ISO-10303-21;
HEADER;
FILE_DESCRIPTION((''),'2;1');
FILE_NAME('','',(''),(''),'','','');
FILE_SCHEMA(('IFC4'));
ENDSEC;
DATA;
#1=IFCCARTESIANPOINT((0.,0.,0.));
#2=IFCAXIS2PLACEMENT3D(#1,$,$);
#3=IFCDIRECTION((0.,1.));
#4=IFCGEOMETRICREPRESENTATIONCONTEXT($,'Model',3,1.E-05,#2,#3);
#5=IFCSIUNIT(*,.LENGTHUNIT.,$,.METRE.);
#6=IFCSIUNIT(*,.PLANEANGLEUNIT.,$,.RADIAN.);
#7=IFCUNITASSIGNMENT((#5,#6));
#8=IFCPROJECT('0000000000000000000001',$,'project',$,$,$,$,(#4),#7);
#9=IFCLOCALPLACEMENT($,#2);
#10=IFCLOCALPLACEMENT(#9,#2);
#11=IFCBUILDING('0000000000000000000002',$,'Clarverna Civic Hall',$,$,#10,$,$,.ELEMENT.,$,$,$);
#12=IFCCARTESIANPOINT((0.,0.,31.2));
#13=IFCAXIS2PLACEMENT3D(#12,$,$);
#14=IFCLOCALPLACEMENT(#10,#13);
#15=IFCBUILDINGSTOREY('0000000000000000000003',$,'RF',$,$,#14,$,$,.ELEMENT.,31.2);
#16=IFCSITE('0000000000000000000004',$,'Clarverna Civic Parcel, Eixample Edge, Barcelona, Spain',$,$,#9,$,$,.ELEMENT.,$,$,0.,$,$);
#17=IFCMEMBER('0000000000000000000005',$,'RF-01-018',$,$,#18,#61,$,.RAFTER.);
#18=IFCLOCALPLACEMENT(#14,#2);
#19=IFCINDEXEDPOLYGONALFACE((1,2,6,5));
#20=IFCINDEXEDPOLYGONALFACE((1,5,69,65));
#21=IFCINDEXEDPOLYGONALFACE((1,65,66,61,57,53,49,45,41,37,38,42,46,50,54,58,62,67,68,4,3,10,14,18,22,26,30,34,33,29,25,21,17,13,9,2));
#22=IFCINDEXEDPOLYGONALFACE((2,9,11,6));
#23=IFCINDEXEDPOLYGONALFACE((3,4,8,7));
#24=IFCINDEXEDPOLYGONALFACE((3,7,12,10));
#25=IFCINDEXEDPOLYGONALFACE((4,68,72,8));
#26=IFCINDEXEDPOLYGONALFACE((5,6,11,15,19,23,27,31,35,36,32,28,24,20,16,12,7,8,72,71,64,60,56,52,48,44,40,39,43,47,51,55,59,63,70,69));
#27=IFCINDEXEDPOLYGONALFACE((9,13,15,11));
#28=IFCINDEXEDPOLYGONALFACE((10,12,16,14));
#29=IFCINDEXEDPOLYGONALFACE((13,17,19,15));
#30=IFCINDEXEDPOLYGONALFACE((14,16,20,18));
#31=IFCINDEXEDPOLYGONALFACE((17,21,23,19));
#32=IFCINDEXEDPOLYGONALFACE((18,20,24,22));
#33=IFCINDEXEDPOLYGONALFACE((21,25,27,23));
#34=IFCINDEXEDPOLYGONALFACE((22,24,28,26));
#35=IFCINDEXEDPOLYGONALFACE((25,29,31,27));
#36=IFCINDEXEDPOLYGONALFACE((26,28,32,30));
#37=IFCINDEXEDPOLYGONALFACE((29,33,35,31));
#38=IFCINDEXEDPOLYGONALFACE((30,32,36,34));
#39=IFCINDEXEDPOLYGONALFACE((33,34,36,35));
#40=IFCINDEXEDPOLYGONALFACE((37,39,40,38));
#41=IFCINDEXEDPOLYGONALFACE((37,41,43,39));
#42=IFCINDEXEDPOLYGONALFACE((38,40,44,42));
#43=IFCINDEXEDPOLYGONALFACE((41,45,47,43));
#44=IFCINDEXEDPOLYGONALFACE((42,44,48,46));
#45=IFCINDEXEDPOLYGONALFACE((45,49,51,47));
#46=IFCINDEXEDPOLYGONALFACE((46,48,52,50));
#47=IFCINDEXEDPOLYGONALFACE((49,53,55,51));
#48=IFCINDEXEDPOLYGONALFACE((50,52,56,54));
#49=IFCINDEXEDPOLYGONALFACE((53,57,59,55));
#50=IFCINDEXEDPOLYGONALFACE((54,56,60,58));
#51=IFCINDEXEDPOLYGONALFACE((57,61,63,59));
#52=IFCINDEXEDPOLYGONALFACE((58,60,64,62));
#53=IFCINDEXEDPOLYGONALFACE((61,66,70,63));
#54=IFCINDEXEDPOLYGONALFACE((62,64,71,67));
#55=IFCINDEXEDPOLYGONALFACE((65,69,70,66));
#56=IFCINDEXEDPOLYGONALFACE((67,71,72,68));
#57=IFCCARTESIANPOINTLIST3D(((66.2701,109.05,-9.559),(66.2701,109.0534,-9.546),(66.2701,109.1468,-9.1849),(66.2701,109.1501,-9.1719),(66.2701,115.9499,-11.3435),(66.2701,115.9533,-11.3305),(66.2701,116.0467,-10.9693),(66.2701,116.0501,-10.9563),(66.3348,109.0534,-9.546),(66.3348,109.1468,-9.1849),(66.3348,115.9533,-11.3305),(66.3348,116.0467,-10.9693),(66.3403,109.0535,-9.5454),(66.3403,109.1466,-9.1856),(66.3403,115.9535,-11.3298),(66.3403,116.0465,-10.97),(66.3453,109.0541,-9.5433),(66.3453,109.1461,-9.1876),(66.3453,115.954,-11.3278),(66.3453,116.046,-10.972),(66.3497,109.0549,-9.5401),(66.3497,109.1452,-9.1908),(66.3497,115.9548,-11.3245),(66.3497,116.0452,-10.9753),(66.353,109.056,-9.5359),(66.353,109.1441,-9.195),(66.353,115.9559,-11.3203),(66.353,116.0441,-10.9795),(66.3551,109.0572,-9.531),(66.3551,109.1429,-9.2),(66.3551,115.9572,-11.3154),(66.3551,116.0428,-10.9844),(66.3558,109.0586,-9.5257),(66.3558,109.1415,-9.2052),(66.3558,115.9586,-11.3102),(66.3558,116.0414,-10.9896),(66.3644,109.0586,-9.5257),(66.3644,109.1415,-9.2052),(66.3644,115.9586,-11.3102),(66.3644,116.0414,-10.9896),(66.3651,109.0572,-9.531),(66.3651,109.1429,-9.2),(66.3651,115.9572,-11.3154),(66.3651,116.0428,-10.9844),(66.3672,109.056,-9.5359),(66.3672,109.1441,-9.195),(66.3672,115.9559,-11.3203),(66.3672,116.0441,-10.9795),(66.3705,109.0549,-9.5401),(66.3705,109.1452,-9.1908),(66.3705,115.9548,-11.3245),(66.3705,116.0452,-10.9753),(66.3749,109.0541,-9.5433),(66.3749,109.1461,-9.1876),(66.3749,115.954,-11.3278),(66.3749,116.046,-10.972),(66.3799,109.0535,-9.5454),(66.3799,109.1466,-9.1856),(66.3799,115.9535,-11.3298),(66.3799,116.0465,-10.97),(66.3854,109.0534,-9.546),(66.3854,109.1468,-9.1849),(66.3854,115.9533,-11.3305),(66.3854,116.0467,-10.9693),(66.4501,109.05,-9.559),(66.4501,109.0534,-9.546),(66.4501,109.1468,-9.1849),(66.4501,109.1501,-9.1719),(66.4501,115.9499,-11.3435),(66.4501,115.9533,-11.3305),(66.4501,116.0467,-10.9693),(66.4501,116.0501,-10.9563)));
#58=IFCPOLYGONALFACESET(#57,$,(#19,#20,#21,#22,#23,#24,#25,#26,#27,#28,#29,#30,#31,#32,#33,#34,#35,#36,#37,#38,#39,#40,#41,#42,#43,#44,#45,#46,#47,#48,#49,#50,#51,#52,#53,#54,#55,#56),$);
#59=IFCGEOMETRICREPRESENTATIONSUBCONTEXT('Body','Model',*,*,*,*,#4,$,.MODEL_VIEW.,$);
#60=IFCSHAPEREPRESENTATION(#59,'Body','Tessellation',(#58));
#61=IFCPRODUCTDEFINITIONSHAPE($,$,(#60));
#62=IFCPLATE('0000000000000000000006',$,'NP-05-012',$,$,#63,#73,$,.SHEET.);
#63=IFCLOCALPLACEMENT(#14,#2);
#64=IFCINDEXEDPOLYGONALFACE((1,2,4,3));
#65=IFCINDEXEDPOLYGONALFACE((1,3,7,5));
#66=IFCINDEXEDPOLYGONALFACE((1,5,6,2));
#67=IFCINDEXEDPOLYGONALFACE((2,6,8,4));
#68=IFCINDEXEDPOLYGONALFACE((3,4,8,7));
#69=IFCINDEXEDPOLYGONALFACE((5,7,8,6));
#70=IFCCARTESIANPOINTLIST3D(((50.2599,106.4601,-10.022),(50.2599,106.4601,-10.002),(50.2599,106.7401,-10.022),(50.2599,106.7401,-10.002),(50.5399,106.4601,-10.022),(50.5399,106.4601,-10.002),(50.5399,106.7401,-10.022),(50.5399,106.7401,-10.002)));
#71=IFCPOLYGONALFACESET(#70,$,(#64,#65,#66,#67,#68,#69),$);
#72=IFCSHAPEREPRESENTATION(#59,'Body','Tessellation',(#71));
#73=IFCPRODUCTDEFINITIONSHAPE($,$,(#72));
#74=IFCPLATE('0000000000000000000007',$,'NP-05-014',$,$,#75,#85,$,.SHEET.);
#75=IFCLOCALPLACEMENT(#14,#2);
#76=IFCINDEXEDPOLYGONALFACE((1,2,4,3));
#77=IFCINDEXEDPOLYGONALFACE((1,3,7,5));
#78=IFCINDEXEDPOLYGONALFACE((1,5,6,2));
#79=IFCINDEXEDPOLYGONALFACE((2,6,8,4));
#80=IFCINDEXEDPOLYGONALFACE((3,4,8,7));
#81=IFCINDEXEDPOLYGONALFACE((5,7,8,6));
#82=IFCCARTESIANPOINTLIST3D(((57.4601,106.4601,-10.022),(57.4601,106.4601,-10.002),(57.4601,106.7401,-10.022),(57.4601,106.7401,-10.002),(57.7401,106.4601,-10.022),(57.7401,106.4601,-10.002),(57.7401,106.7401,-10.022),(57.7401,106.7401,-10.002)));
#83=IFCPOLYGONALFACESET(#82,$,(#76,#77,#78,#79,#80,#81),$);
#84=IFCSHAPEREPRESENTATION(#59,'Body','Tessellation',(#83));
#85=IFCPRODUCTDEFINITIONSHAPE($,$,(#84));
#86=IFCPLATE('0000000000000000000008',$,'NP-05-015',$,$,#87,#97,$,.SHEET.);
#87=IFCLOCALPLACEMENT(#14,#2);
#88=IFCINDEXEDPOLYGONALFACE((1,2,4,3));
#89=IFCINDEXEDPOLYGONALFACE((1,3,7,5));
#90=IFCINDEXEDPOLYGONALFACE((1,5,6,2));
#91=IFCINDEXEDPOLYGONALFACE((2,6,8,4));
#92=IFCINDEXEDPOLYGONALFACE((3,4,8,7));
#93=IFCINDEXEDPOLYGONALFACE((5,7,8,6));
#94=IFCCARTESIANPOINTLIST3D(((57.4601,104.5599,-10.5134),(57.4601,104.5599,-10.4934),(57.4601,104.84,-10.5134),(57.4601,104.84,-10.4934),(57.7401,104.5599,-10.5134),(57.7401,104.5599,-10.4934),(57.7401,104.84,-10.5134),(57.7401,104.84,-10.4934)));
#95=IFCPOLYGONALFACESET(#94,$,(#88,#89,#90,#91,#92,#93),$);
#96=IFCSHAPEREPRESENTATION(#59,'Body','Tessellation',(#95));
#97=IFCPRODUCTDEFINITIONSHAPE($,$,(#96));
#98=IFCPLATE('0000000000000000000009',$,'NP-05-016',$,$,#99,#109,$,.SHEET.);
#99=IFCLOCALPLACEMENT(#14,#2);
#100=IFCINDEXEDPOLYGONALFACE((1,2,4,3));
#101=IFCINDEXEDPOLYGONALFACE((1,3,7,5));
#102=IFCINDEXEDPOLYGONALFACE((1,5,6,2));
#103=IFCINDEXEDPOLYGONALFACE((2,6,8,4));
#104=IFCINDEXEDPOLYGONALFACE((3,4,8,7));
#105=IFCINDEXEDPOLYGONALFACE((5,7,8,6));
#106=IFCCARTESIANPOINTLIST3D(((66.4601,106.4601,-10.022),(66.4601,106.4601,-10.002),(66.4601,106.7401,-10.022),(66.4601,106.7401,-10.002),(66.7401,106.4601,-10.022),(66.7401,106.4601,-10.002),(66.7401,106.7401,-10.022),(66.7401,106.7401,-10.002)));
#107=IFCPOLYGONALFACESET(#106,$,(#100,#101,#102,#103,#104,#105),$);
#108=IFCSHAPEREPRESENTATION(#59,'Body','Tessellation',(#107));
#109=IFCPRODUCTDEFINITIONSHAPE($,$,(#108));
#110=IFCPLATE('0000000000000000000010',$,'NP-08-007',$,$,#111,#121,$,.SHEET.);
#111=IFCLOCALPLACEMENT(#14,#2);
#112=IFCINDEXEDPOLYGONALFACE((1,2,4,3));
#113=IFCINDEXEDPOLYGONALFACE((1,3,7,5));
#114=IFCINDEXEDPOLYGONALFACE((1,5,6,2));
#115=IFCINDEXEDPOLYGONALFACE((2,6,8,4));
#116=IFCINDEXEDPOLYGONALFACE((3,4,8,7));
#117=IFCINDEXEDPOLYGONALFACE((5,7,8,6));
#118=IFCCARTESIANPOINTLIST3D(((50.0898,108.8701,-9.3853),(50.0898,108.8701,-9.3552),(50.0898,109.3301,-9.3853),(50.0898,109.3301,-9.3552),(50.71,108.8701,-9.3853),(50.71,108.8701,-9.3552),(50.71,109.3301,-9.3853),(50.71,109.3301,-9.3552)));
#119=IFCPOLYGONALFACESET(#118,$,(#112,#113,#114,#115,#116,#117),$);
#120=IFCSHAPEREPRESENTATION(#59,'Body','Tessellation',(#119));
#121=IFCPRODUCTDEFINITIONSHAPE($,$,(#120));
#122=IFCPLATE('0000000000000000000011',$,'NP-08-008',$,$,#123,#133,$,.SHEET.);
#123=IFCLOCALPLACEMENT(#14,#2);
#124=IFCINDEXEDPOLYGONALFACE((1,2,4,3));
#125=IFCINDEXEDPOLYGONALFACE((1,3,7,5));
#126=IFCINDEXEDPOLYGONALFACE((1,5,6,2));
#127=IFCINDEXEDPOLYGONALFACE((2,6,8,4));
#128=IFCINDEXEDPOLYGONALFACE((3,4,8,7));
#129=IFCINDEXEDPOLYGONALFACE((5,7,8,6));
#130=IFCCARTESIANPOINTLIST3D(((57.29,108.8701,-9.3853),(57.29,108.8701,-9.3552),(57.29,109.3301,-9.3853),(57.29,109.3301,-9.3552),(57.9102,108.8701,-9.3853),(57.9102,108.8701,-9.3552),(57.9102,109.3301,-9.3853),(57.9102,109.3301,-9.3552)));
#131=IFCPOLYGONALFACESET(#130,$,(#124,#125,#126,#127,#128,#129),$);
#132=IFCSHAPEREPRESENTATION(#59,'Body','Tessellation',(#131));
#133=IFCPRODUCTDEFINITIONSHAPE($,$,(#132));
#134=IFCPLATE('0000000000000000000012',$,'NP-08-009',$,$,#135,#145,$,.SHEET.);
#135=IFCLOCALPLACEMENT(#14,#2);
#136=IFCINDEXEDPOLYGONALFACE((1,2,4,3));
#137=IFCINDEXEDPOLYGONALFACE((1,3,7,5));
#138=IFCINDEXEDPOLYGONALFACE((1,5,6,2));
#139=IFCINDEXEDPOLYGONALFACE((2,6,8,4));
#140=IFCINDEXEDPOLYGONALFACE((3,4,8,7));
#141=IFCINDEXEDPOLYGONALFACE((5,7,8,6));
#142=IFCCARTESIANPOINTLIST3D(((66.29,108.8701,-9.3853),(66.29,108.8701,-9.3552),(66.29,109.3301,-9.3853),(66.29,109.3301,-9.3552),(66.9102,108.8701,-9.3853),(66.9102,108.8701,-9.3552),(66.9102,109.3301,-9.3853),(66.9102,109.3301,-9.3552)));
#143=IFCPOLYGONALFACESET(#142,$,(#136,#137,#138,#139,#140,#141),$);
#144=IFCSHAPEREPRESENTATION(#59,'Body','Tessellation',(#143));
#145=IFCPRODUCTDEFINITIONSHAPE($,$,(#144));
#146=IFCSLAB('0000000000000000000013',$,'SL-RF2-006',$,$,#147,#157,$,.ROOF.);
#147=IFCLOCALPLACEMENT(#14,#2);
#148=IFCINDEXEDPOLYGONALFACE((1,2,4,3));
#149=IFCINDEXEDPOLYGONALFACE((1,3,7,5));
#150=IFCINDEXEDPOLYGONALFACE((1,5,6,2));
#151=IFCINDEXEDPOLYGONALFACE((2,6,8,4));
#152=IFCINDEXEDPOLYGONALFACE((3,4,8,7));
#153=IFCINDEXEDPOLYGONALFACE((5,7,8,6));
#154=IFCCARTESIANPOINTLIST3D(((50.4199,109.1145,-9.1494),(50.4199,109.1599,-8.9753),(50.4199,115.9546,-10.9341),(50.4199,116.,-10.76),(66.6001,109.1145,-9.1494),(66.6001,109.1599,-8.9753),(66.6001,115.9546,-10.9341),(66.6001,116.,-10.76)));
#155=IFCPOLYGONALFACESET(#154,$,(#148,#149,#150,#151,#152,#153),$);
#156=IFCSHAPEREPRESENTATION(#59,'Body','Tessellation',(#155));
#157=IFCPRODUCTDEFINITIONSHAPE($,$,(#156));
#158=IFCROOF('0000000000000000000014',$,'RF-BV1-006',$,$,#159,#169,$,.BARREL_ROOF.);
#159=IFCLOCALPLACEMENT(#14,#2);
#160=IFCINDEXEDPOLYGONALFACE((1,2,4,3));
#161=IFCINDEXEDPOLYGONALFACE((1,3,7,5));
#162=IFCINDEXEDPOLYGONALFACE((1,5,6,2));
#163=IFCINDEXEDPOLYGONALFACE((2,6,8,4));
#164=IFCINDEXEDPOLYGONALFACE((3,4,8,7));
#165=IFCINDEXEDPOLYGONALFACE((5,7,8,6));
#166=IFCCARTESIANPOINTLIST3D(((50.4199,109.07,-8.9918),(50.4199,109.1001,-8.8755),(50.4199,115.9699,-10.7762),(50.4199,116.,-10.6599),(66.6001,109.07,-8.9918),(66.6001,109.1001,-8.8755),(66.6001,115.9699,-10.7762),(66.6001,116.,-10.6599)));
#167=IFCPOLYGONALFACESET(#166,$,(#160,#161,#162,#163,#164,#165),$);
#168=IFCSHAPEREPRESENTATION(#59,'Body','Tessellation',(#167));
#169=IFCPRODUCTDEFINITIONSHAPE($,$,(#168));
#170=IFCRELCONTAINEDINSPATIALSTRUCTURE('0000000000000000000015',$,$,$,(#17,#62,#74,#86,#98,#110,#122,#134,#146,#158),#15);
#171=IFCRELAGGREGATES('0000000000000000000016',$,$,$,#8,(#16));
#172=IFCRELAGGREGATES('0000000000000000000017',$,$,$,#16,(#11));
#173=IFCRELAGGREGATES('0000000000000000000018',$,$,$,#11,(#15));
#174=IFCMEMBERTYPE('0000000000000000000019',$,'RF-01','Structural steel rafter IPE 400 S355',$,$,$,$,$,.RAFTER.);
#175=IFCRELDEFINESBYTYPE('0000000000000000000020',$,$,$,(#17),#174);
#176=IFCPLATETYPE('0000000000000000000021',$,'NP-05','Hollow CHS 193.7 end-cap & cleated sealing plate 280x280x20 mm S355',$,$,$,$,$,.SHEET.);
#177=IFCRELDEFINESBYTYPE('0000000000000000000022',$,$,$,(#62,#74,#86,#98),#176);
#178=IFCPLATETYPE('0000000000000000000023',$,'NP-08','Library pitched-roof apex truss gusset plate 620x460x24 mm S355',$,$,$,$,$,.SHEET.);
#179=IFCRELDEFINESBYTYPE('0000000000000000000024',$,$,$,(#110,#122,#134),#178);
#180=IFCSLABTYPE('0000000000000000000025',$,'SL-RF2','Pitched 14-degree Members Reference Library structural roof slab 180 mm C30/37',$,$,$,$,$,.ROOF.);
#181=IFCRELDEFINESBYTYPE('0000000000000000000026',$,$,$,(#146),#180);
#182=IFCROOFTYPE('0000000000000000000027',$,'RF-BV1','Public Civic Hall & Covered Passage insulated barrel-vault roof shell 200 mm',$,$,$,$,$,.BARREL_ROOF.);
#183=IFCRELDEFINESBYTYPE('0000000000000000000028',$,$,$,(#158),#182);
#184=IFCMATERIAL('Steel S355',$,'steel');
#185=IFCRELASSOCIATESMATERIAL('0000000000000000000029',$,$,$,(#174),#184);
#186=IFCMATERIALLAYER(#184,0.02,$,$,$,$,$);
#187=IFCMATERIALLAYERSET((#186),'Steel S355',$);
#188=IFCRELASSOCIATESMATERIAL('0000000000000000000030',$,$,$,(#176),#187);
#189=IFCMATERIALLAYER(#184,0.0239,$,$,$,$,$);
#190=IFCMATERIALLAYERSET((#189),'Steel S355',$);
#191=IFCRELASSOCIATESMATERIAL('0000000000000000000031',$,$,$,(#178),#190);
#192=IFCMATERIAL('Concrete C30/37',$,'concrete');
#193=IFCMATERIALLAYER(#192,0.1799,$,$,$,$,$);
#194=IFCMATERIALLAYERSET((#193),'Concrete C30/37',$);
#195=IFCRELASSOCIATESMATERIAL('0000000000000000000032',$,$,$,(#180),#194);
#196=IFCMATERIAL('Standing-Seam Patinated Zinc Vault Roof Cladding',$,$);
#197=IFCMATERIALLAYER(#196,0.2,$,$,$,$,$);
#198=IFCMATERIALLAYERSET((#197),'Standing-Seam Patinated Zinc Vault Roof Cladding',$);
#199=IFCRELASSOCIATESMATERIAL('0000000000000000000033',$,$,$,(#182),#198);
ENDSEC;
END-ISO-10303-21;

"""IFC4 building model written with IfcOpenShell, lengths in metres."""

from ifc_helpers import new_model, si_unit, direction, frame, origin, origin_2d, place, context, subcontext, project, spatial, polyline, rectangle, i_section, outline, extrude, material, layer, layer_set, material_profile, profile_set, type_object, element, save


model = new_model("IFC4")

# Units and contexts
model_context = context("Model", 3, precision=1e-05, world=origin(), true_north=direction((0.0, 1.0)))
body_context = subcontext(model_context, "Body", "Model", "MODEL_VIEW")
ifc_project = project(units=[si_unit("LENGTHUNIT", "METRE"), si_unit("PLANEANGLEUNIT", "RADIAN")], contexts=[model_context])

# Site, building, storey
site_placement = place(None, origin())
site = spatial("IfcSite", under=ifc_project, at=site_placement, Name="Clarverna Civic Parcel, Eixample Edge, Barcelona, Spain", CompositionType="ELEMENT", RefElevation=0.0)
building_placement = place(site_placement, origin())
building = spatial("IfcBuilding", under=site, at=building_placement, Name="Clarverna Civic Hall", CompositionType="ELEMENT")
storey_placement = place(building_placement, frame((0.0, 0.0, 31.2)))
storey = spatial("IfcBuildingStorey", under=building, at=storey_placement, Name="RF", CompositionType="ELEMENT", Elevation=31.2)

# Member
ifc_material_1 = material(Name="Steel S355", Category="steel")
ifc_material_profile_1 = material_profile(ifc_material_1, i_section(OverallWidth=0.1799, OverallDepth=0.3999, WebThickness=0.0085, FlangeThickness=0.0134, FilletRadius=0.021, at=origin_2d()), Name="IPE 400")
ifc_profile_set_1 = profile_set([ifc_material_profile_1], Name="Steel S355")
member_type_1 = type_object("IfcMemberType", Name="RF-01", Description="Structural steel rafter IPE 400 S355", PredefinedType="RAFTER", material=ifc_profile_set_1)
for number, where, z_axis, x_axis, name in (
    (1, (66.3601, 116.0, -11.1499), (0.0, -0.968148, 0.250378), (1.0, 0.0, 0.0), "RF-01-018"),
):
    element("IfcMember", number, at=place(storey_placement, frame(where, z_axis=z_axis, x_axis=x_axis)), inside=storey, type_object=member_type_1, Name=name, PredefinedType="RAFTER", context=body_context, shape_type="SweptSolid", body=[
        extrude(i_section(OverallWidth=0.1799, OverallDepth=0.3999, WebThickness=0.0085, FlangeThickness=0.0134, FilletRadius=0.021, at=origin_2d()), origin(), (0.0, 0.0, 1.0), 7.127),
    ])

# Plates
ifc_layer_1 = layer(ifc_material_1, 0.02)
ifc_layer_set_1 = layer_set([ifc_layer_1], Name="Steel S355")
plate_type_1 = type_object("IfcPlateType", Name="NP-05", Description="Hollow CHS 193.7 end-cap & cleated sealing plate 280x280x20 mm S355", PredefinedType="SHEET", material=ifc_layer_set_1)
for number, where, z_axis, x_axis, name in (
    (2, (50.3999, 106.6001, -10.022), (0.0, 0.0, 1.0), (1.0, 0.0, 0.0), "NP-05-012"),
    (3, (57.6001, 106.6001, -10.022), (0.0, 0.0, 1.0), (1.0, 0.0, 0.0), "NP-05-014"),
    (4, (57.6001, 104.7, -10.5134), (0.0, 0.0, 1.0), (1.0, 0.0, 0.0), "NP-05-015"),
    (5, (66.6001, 106.6001, -10.022), (0.0, 0.0, 1.0), (1.0, 0.0, 0.0), "NP-05-016"),
):
    element("IfcPlate", number, at=place(storey_placement, frame(where, z_axis=z_axis, x_axis=x_axis)), inside=storey, type_object=plate_type_1, Name=name, PredefinedType="SHEET", context=body_context, shape_type="SweptSolid", body=[
        extrude(rectangle(XDim=0.28, YDim=0.28, at=origin_2d()), origin(), (0.0, 0.0, 1.0), 0.02),
    ])
ifc_layer_2 = layer(ifc_material_1, 0.0239)
ifc_layer_set_2 = layer_set([ifc_layer_2], Name="Steel S355")
plate_type_2 = type_object("IfcPlateType", Name="NP-08", Description="Library pitched-roof apex truss gusset plate 620x460x24 mm S355", PredefinedType="SHEET", material=ifc_layer_set_2)
for number, where, z_axis, x_axis, name in (
    (6, (50.3999, 109.1001, -9.3853), (0.0, 0.0, 1.0), (1.0, 0.0, 0.0), "NP-08-007"),
    (7, (57.6001, 109.1001, -9.3853), (0.0, 0.0, 1.0), (1.0, 0.0, 0.0), "NP-08-008"),
    (8, (66.6001, 109.1001, -9.3853), (0.0, 0.0, 1.0), (1.0, 0.0, 0.0), "NP-08-009"),
):
    element("IfcPlate", number, at=place(storey_placement, frame(where, z_axis=z_axis, x_axis=x_axis)), inside=storey, type_object=plate_type_2, Name=name, PredefinedType="SHEET", context=body_context, shape_type="SweptSolid", body=[
        extrude(rectangle(XDim=0.6201, YDim=0.46, at=origin_2d()), origin(), (0.0, 0.0, 1.0), 0.03),
    ])

# Slab
ifc_material_2 = material(Name="Concrete C30/37", Category="concrete")
ifc_layer_3 = layer(ifc_material_2, 0.1799)
ifc_layer_set_3 = layer_set([ifc_layer_3], Name="Concrete C30/37")
slab_type = type_object("IfcSlabType", Name="SL-RF2", Description="Pitched 14-degree Members Reference Library structural roof slab 180 mm C30/37", PredefinedType="ROOF", material=ifc_layer_set_3)
slab_placement = place(storey_placement, frame((50.4199, 109.1599, -8.9753), z_axis=(0.0, 0.252461, 0.967607), x_axis=(1.0, 0.0, 0.0)))
element("IfcSlab", 9, at=slab_placement, inside=storey, type_object=slab_type, Name="SL-RF2-006", PredefinedType="ROOF", context=body_context, shape_type="SweptSolid", body=[
    extrude(outline(polyline([(0.0, 0.0), (16.1802, 0.0), (16.1802, 7.0691), (0.0, 7.0691), (0.0, 0.0)])), origin(), (0.0, 0.0, -1.0), 0.1799),
])

# Roof
ifc_material_3 = material(Name="Standing-Seam Patinated Zinc Vault Roof Cladding")
ifc_layer_4 = layer(ifc_material_3, 0.2)
ifc_layer_set_4 = layer_set([ifc_layer_4], Name="Standing-Seam Patinated Zinc Vault Roof Cladding")
roof_type = type_object("IfcRoofType", Name="RF-BV1", Description="Public Civic Hall & Covered Passage insulated barrel-vault roof shell 200 mm", PredefinedType="BARREL_ROOF", material=ifc_layer_set_4)
roof_placement = place(storey_placement, frame((50.4199, 109.1001, -8.8755), z_axis=(0.0, 0.250378, 0.968148), x_axis=(1.0, 0.0, 0.0)))
element("IfcRoof", 10, at=roof_placement, inside=storey, type_object=roof_type, Name="RF-BV1-006", PredefinedType="BARREL_ROOF", context=body_context, shape_type="SweptSolid", body=[
    extrude(outline(polyline([(0.0, 0.0), (16.1802, 0.0), (16.1802, 7.1269), (0.0, 7.1269), (0.0, 0.0)])), origin(), (0.0, 0.0, -1.0), 0.1201),
])

save(model, "model.ifc")
